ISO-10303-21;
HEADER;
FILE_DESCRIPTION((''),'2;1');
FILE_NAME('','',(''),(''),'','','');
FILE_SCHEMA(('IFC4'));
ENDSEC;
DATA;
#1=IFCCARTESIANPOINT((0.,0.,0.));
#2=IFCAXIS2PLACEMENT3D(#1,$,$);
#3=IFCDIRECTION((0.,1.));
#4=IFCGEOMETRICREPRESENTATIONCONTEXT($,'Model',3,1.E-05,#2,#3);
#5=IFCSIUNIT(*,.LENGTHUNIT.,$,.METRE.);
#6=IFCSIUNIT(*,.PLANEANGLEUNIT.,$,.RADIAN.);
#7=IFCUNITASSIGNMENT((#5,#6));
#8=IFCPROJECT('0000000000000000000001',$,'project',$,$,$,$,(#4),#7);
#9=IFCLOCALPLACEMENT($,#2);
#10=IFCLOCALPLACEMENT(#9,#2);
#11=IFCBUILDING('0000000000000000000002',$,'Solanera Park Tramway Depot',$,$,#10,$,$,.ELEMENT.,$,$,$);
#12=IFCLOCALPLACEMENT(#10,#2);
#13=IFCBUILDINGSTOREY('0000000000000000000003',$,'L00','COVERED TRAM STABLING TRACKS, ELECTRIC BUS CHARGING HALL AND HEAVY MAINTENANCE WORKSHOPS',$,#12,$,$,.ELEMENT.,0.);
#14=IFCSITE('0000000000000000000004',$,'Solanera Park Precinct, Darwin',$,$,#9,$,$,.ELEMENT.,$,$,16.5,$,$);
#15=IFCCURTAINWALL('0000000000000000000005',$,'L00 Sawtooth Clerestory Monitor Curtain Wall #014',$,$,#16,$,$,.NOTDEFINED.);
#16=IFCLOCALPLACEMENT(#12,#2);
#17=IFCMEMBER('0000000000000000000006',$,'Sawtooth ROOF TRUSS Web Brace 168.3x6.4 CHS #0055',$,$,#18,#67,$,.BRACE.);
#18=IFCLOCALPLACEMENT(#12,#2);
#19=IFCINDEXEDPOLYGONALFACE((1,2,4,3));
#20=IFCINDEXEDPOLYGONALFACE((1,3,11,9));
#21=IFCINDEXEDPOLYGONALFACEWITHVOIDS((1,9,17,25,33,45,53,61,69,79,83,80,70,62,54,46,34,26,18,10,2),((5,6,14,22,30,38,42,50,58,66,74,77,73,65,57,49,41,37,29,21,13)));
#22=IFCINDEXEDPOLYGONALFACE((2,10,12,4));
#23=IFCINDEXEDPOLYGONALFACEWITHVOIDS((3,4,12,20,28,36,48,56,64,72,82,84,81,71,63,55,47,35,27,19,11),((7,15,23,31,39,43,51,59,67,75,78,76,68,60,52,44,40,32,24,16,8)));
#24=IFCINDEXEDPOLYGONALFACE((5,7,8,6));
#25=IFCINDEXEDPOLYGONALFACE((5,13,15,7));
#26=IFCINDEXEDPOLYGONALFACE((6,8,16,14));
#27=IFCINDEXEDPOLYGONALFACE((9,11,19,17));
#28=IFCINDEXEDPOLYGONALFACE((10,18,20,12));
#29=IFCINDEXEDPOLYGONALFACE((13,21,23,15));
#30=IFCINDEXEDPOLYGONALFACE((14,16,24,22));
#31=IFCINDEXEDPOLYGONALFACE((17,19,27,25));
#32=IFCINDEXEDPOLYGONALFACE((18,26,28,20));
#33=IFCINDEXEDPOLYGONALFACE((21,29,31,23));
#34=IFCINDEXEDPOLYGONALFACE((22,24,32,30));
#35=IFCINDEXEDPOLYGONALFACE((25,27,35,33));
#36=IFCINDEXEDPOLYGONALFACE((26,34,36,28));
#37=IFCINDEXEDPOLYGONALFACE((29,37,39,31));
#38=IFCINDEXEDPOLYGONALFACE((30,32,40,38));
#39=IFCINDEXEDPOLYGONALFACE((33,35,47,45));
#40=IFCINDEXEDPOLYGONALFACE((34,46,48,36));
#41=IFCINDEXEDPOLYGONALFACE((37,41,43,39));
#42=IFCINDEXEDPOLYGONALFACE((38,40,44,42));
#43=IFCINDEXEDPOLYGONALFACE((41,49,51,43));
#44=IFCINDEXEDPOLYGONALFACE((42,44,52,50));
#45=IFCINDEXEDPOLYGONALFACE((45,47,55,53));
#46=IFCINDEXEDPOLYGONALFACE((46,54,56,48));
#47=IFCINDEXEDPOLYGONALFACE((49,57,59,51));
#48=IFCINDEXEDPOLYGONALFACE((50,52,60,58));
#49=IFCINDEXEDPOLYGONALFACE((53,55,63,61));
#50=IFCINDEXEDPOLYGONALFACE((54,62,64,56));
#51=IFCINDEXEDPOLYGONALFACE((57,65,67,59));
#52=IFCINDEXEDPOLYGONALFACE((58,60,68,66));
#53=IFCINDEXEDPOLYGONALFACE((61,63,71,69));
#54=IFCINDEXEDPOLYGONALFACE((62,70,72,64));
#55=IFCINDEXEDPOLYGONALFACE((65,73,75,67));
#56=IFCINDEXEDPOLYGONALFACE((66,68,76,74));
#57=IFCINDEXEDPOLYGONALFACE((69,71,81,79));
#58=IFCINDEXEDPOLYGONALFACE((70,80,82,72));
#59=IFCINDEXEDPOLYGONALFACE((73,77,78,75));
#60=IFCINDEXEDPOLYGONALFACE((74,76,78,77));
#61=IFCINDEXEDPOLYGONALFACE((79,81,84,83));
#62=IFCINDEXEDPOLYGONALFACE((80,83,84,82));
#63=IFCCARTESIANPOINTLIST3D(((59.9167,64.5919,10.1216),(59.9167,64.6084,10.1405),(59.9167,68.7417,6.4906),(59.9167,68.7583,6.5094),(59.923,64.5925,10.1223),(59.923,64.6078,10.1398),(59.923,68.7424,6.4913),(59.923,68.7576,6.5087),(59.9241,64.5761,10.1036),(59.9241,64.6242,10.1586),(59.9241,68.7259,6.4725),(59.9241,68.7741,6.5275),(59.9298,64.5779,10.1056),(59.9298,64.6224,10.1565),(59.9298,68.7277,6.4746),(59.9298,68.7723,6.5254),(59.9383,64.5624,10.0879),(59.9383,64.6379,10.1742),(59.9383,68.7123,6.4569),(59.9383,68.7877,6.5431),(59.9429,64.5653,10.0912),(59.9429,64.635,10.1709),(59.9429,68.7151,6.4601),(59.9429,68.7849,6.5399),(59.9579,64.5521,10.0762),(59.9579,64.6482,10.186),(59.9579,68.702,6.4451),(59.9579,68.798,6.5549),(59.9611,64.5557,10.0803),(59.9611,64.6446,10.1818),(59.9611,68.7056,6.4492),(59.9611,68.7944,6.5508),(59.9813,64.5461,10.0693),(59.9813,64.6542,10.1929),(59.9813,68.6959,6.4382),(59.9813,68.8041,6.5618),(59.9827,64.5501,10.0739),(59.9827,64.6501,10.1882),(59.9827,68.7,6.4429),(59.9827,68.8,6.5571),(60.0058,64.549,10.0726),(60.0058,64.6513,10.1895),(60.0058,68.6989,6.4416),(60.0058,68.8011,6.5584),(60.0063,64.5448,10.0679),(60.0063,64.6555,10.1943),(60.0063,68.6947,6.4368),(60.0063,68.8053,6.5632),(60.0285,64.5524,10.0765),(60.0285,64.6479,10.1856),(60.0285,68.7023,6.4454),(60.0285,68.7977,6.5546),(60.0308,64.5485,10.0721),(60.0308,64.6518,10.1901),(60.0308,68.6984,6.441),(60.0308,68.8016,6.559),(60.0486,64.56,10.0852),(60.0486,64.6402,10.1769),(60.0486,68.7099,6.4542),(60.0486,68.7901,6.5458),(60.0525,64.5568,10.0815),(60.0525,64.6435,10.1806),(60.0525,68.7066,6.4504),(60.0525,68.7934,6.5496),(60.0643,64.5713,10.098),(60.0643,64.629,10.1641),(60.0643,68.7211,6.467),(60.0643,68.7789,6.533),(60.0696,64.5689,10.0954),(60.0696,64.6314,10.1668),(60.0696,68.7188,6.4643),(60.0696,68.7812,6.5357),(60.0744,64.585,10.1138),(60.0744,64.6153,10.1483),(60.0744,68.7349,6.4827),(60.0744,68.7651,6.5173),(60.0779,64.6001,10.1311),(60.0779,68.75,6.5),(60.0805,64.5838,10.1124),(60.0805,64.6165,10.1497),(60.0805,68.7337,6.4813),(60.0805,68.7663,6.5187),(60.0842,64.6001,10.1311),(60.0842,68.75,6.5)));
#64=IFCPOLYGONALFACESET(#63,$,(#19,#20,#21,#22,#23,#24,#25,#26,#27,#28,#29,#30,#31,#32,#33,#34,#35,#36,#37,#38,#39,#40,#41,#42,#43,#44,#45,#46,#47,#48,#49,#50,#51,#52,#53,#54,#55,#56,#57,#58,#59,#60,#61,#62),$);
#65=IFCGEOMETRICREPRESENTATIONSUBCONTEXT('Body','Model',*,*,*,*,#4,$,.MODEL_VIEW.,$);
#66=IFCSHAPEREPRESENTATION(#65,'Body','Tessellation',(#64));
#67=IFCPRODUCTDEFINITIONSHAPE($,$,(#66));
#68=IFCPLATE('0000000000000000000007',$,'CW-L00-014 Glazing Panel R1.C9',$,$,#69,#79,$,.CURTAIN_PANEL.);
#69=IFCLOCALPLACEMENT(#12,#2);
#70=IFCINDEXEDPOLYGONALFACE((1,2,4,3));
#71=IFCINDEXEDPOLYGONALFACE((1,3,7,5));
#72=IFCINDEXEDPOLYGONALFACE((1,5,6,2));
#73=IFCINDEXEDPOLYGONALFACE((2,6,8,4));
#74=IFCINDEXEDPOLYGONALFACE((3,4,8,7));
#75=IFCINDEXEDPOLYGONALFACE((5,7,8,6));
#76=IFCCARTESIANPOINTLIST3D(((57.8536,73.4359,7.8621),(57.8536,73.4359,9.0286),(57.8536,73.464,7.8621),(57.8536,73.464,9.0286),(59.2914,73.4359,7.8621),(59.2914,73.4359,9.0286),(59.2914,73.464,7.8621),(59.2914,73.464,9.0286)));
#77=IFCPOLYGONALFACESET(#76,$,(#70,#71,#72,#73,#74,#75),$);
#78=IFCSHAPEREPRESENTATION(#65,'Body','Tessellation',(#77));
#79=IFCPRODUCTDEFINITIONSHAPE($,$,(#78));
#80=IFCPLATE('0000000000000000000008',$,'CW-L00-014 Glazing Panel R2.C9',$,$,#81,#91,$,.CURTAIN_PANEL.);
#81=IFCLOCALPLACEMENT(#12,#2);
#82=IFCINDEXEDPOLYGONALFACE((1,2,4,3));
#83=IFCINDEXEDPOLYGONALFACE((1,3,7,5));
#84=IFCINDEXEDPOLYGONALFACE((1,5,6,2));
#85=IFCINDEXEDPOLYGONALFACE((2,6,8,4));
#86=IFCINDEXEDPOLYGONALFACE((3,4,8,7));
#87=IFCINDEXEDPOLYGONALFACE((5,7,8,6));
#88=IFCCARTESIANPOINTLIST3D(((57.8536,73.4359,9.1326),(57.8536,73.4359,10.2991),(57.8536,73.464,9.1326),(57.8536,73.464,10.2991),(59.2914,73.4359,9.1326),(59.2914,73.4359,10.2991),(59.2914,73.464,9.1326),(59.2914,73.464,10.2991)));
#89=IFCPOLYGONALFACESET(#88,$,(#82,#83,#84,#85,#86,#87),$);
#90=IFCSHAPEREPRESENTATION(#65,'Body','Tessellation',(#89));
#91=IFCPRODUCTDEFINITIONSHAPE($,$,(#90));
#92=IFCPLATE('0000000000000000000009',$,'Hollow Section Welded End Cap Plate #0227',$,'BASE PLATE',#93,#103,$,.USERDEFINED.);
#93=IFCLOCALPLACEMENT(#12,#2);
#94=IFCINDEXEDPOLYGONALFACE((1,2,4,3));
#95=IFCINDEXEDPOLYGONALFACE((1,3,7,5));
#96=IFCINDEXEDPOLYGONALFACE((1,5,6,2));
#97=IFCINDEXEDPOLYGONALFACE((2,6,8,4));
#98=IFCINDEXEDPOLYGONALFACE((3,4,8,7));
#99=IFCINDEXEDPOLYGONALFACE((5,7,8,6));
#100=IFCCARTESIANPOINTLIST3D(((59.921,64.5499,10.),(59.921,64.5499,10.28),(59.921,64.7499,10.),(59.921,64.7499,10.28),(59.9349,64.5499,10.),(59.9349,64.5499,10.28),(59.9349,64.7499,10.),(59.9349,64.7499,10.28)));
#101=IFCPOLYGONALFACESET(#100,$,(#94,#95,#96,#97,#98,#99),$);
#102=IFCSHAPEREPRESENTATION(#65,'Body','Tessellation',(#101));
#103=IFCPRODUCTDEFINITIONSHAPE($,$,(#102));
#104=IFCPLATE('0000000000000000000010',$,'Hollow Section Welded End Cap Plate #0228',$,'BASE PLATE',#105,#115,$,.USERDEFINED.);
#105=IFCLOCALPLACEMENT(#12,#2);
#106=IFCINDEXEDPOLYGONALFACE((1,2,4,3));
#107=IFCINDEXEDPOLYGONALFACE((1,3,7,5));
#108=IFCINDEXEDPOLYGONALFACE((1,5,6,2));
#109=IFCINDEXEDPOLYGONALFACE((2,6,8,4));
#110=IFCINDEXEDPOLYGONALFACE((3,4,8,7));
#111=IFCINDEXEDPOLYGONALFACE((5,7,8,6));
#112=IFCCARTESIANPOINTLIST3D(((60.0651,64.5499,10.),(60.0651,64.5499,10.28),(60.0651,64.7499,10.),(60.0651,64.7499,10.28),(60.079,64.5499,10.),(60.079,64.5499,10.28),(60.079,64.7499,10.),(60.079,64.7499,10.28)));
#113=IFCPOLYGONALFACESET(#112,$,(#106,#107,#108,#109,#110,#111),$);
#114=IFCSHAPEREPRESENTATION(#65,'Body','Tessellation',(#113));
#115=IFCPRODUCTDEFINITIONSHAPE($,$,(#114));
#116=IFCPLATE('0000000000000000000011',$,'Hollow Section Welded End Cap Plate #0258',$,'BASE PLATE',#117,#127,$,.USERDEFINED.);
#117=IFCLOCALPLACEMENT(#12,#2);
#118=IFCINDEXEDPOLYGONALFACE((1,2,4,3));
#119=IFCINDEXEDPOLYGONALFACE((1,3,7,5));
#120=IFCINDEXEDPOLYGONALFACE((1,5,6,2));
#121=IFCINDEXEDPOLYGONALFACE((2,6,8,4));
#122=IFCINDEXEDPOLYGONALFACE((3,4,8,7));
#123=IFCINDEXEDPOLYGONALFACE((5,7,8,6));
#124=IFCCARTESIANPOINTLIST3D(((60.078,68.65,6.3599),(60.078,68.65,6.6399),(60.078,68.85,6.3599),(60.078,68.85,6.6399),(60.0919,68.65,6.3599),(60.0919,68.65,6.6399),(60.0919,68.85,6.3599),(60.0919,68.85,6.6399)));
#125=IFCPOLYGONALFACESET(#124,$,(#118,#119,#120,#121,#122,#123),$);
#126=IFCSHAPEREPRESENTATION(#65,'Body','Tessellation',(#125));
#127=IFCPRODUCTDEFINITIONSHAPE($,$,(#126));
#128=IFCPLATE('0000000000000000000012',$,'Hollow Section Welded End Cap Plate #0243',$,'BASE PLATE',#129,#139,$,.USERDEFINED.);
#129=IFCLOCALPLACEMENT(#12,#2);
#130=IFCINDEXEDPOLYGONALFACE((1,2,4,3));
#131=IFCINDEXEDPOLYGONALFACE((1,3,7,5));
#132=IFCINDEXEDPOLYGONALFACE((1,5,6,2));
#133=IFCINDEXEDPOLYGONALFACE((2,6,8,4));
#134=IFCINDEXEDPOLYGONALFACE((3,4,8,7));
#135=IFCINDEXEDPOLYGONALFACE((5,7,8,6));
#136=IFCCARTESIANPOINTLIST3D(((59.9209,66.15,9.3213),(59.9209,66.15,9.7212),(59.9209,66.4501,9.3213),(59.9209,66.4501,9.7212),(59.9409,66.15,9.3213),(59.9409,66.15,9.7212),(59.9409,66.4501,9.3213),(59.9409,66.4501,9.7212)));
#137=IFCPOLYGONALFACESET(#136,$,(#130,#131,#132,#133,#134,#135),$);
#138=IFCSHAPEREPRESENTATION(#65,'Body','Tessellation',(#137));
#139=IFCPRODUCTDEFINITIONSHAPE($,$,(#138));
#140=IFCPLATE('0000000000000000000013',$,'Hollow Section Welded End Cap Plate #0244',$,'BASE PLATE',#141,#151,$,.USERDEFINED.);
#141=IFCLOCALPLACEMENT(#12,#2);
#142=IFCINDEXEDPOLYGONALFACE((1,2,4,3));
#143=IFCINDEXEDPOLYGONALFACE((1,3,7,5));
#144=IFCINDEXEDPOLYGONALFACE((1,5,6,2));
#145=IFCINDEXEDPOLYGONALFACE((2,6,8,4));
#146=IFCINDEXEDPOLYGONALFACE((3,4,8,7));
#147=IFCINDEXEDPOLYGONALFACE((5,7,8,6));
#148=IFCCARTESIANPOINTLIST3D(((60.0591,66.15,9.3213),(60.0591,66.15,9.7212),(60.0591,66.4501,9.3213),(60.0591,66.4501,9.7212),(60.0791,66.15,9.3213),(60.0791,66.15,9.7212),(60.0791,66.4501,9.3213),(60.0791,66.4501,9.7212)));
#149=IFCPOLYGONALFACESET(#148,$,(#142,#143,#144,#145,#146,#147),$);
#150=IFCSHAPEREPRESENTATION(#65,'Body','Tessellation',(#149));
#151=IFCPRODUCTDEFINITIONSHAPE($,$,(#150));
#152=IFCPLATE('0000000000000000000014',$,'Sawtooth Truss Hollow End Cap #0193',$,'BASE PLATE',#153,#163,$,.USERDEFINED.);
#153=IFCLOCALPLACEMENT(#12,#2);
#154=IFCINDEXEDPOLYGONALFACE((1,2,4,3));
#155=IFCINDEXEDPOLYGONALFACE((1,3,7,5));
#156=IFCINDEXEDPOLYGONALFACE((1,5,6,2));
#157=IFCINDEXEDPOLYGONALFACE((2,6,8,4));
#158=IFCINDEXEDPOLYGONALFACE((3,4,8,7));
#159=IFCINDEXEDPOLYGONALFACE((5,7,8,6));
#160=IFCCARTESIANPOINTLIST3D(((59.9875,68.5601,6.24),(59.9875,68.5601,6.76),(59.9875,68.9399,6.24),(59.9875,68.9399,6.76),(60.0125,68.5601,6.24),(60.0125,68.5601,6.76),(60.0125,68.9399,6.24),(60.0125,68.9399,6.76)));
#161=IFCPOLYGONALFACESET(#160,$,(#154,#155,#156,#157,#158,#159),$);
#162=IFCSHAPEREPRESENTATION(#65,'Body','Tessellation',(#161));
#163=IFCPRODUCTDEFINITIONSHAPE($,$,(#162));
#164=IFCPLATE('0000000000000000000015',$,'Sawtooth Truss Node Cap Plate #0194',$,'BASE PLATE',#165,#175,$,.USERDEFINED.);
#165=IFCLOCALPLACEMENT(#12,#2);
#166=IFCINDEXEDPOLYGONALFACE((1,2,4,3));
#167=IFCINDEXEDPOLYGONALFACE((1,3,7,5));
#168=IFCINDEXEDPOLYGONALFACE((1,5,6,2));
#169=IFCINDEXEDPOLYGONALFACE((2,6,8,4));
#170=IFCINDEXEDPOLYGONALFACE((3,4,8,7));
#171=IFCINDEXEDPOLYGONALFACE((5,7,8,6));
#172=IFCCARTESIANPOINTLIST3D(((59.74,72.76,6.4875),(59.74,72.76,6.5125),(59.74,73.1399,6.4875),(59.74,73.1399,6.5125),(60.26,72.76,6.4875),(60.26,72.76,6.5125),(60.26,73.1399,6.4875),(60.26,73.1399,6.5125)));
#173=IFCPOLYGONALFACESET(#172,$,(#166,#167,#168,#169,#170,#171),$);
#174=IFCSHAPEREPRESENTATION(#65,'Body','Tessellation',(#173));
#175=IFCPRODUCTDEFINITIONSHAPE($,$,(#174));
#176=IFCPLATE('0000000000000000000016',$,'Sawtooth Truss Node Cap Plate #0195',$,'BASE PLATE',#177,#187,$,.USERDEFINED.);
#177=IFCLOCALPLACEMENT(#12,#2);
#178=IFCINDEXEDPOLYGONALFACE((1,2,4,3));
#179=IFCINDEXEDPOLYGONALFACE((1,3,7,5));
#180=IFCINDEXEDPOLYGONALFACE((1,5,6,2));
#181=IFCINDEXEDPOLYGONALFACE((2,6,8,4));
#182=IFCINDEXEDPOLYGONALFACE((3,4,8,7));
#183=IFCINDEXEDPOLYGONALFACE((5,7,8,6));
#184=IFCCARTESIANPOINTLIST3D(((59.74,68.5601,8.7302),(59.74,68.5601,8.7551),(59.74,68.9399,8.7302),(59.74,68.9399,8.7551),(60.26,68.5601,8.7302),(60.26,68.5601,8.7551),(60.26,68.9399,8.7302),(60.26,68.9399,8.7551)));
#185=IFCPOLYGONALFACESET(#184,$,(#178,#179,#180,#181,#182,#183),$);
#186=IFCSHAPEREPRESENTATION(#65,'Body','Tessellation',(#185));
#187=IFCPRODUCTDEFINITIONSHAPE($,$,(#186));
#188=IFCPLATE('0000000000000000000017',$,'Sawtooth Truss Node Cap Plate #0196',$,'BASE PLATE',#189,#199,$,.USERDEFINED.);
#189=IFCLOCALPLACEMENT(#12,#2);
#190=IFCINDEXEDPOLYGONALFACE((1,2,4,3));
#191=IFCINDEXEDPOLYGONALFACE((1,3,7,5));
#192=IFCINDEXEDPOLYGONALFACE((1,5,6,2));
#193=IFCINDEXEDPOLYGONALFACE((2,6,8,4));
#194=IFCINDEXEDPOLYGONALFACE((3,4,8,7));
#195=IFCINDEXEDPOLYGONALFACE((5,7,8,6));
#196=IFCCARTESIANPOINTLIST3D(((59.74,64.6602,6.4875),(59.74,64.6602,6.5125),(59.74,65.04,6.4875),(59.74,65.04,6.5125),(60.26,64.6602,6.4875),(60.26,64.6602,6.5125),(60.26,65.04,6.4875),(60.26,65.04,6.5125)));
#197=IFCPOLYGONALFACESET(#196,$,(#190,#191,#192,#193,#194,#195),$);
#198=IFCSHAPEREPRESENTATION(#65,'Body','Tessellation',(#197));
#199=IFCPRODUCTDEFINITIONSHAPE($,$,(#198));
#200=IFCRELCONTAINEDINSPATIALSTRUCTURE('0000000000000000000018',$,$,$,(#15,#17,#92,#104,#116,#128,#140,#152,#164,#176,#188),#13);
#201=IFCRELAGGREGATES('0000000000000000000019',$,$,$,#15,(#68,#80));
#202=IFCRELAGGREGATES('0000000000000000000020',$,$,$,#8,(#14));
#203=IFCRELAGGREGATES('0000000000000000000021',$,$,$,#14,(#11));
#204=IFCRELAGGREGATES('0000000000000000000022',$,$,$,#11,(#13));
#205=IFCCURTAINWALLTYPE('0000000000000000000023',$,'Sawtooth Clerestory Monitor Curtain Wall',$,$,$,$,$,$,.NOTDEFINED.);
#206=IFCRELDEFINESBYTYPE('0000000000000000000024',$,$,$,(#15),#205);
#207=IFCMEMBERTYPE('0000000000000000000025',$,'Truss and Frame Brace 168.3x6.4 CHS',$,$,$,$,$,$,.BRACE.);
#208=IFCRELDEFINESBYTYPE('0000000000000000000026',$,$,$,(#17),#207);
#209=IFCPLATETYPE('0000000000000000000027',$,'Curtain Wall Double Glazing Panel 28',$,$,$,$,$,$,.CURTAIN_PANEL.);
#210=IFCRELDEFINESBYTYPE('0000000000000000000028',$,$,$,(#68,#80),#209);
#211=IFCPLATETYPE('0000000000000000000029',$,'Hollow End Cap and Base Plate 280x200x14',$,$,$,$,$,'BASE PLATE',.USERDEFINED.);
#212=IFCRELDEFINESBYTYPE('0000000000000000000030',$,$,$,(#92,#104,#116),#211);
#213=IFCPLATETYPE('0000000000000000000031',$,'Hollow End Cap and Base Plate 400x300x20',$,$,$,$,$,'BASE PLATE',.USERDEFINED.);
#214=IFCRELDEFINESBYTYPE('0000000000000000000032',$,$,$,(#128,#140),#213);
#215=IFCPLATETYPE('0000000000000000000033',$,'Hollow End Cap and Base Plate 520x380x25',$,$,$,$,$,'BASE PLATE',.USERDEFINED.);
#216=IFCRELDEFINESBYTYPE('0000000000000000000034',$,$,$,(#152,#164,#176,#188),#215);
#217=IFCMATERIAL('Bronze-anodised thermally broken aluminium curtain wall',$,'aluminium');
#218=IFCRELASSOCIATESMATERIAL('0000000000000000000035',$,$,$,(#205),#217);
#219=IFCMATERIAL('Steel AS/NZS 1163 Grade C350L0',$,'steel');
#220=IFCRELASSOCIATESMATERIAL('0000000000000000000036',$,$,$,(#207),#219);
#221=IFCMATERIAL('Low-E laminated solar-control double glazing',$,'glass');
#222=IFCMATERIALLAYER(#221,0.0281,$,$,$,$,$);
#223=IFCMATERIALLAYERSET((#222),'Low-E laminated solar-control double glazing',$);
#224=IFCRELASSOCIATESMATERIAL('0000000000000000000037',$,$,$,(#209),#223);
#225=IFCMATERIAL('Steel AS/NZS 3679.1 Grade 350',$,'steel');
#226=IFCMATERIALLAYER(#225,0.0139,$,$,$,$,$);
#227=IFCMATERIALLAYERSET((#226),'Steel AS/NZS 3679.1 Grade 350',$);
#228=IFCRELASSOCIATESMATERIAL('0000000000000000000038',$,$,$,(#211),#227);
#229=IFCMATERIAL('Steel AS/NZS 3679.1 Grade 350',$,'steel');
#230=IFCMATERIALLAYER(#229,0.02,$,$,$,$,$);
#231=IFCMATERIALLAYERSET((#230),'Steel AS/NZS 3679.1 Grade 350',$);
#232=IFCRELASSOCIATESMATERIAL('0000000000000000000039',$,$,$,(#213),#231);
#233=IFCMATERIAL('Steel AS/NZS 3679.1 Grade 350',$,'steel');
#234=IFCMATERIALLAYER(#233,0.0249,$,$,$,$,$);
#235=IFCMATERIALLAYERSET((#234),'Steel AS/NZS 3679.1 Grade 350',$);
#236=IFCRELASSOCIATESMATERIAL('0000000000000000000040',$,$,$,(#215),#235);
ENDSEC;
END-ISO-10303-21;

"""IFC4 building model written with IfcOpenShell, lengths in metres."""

from ifc_helpers import new_model, si_unit, direction, frame, origin, origin_2d, place, context, subcontext, project, spatial, rectangle, hollow_circle, extrude, material, layer, layer_set, material_profile, profile_set, type_object, element, aggregate, save


model = new_model("IFC4")

# Units and contexts
model_context = context("Model", 3, precision=1e-05, world=origin(), true_north=direction((0.0, 1.0)))
body_context = subcontext(model_context, "Body", "Model", "MODEL_VIEW")
ifc_project = project(units=[si_unit("LENGTHUNIT", "METRE"), si_unit("PLANEANGLEUNIT", "RADIAN")], contexts=[model_context])

# Site, building, storey
site_placement = place(None, origin())
site = spatial("IfcSite", under=ifc_project, at=site_placement, Name="Solanera Park Precinct, Darwin", CompositionType="ELEMENT", RefElevation=16.5)
building_placement = place(site_placement, origin())
building = spatial("IfcBuilding", under=site, at=building_placement, Name="Solanera Park Tramway Depot", CompositionType="ELEMENT")
storey_placement = place(building_placement, origin())
storey = spatial("IfcBuildingStorey", under=building, at=storey_placement, Name="L00", Description="COVERED TRAM STABLING TRACKS, ELECTRIC BUS CHARGING HALL AND HEAVY MAINTENANCE WORKSHOPS", CompositionType="ELEMENT", Elevation=0.0)

# Curtain wall
ifc_material_1 = material(Name="Bronze-anodised thermally broken aluminium curtain wall", Category="aluminium")
curtain_wall_type = type_object("IfcCurtainWallType", Name="Sawtooth Clerestory Monitor Curtain Wall", PredefinedType="NOTDEFINED", material=ifc_material_1)
curtain_wall_1_placement = place(storey_placement, origin())
curtain_wall_1 = element("IfcCurtainWall", 1, at=curtain_wall_1_placement, inside=storey, type_object=curtain_wall_type, Name="L00 Sawtooth Clerestory Monitor Curtain Wall #014", PredefinedType="NOTDEFINED")

# Member
ifc_material_2 = material(Name="Steel AS/NZS 1163 Grade C350L0", Category="steel")
ifc_material_profile_1 = material_profile(ifc_material_2, hollow_circle(Radius=0.0842, WallThickness=0.0063, at=origin_2d()), Name="168.3x6.4 CHS")
ifc_profile_set_1 = profile_set([ifc_material_profile_1], Name="Steel AS/NZS 1163 Grade C350L0")
member_type_1 = type_object("IfcMemberType", Name="Truss and Frame Brace 168.3x6.4 CHS", PredefinedType="BRACE", material=ifc_profile_set_1)
member_1_placement = place(storey_placement, frame((60.0, 68.75, 6.5), z_axis=(0.0, -0.752582, 0.658498), x_axis=(1.0, 0.0, 0.0)))
element("IfcMember", 2, at=member_1_placement, inside=storey, type_object=member_type_1, Name="Sawtooth ROOF TRUSS Web Brace 168.3x6.4 CHS #0055", PredefinedType="BRACE", context=body_context, shape_type="SweptSolid", body=[
    extrude(hollow_circle(Radius=0.0842, WallThickness=0.0063, at=origin_2d()), origin(), (0.0, 0.0, 1.0), 5.5142),
])

# Plates
ifc_material_3 = material(Name="Low-E laminated solar-control double glazing", Category="glass")
ifc_layer_1 = layer(ifc_material_3, 0.0281)
ifc_layer_set_1 = layer_set([ifc_layer_1], Name="Low-E laminated solar-control double glazing")
plate_type_1 = type_object("IfcPlateType", Name="Curtain Wall Double Glazing Panel 28", PredefinedType="CURTAIN_PANEL", material=ifc_layer_set_1)
plate_1_placement = place(storey_placement, frame((58.5725, 73.45, 7.8621), z_axis=(0.0, 0.0, 1.0), x_axis=(1.0, 0.0, 0.0)))
plate_1 = element("IfcPlate", 3, at=plate_1_placement, type_object=plate_type_1, Name="CW-L00-014 Glazing Panel R1.C9", PredefinedType="CURTAIN_PANEL", context=body_context, shape_type="SweptSolid", body=[
    extrude(rectangle(XDim=1.4377, YDim=0.0281, at=origin_2d()), origin(), (0.0, 0.0, 1.0), 1.1665),
])
plate_2_placement = place(storey_placement, frame((58.5725, 73.45, 9.1326), z_axis=(0.0, 0.0, 1.0), x_axis=(1.0, 0.0, 0.0)))
plate_2 = element("IfcPlate", 4, at=plate_2_placement, type_object=plate_type_1, Name="CW-L00-014 Glazing Panel R2.C9", PredefinedType="CURTAIN_PANEL", context=body_context, shape_type="SweptSolid", body=[
    extrude(rectangle(XDim=1.4377, YDim=0.0281, at=origin_2d()), origin(), (0.0, 0.0, 1.0), 1.1665),
])
aggregate(curtain_wall_1, [plate_1, plate_2])

# Plates
ifc_material_4 = material(Name="Steel AS/NZS 3679.1 Grade 350", Category="steel")
ifc_layer_2 = layer(ifc_material_4, 0.0139)
ifc_layer_set_2 = layer_set([ifc_layer_2], Name="Steel AS/NZS 3679.1 Grade 350")
plate_type_2 = type_object("IfcPlateType", Name="Hollow End Cap and Base Plate 280x200x14", ElementType="BASE PLATE", PredefinedType="USERDEFINED", material=ifc_layer_set_2)
for number, where, z_axis, x_axis, name in (
    (5, (59.928, 64.6499, 10.0), (0.0, 0.0, 1.0), (1.0, 0.0, 0.0), "Hollow Section Welded End Cap Plate #0227"),
    (6, (60.072, 64.6499, 10.0), (0.0, 0.0, 1.0), (1.0, 0.0, 0.0), "Hollow Section Welded End Cap Plate #0228"),
    (7, (60.085, 68.75, 6.3599), (0.0, 0.0, 1.0), (1.0, 0.0, 0.0), "Hollow Section Welded End Cap Plate #0258"),
):
    element("IfcPlate", number, at=place(storey_placement, frame(where, z_axis=z_axis, x_axis=x_axis)), inside=storey, type_object=plate_type_2, Name=name, ObjectType="BASE PLATE", PredefinedType="USERDEFINED", context=body_context, shape_type="SweptSolid", body=[
        extrude(rectangle(XDim=0.0139, YDim=0.2, at=origin_2d()), origin(), (0.0, 0.0, 1.0), 0.28),
    ])
ifc_material_5 = material(Name="Steel AS/NZS 3679.1 Grade 350", Category="steel")
ifc_layer_3 = layer(ifc_material_5, 0.02)
ifc_layer_set_3 = layer_set([ifc_layer_3], Name="Steel AS/NZS 3679.1 Grade 350")
plate_type_3 = type_object("IfcPlateType", Name="Hollow End Cap and Base Plate 400x300x20", ElementType="BASE PLATE", PredefinedType="USERDEFINED", material=ifc_layer_set_3)
for number, where, z_axis, x_axis, name in (
    (8, (59.9309, 66.3, 9.3213), (0.0, 0.0, 1.0), (1.0, 0.0, 0.0), "Hollow Section Welded End Cap Plate #0243"),
    (9, (60.0691, 66.3, 9.3213), (0.0, 0.0, 1.0), (1.0, 0.0, 0.0), "Hollow Section Welded End Cap Plate #0244"),
):
    element("IfcPlate", number, at=place(storey_placement, frame(where, z_axis=z_axis, x_axis=x_axis)), inside=storey, type_object=plate_type_3, Name=name, ObjectType="BASE PLATE", PredefinedType="USERDEFINED", context=body_context, shape_type="SweptSolid", body=[
        extrude(rectangle(XDim=0.02, YDim=0.3, at=origin_2d()), origin(), (0.0, 0.0, 1.0), 0.3999),
    ])
ifc_material_6 = material(Name="Steel AS/NZS 3679.1 Grade 350", Category="steel")
ifc_layer_4 = layer(ifc_material_6, 0.0249)
ifc_layer_set_4 = layer_set([ifc_layer_4], Name="Steel AS/NZS 3679.1 Grade 350")
plate_type_4 = type_object("IfcPlateType", Name="Hollow End Cap and Base Plate 520x380x25", ElementType="BASE PLATE", PredefinedType="USERDEFINED", material=ifc_layer_set_4)
plate_3_placement = place(storey_placement, frame((60.0, 68.75, 6.24), z_axis=(0.0, 0.0, 1.0), x_axis=(1.0, 0.0, 0.0)))
element("IfcPlate", 10, at=plate_3_placement, inside=storey, type_object=plate_type_4, Name="Sawtooth Truss Hollow End Cap #0193", ObjectType="BASE PLATE", PredefinedType="USERDEFINED", context=body_context, shape_type="SweptSolid", body=[
    extrude(rectangle(XDim=0.0249, YDim=0.3799, at=origin_2d()), origin(), (0.0, 0.0, 1.0), 0.52),
])
for number, where, z_axis, x_axis, name in (
    (11, (60.0, 72.95, 6.4875), (0.0, 0.0, 1.0), (1.0, 0.0, 0.0), "Sawtooth Truss Node Cap Plate #0194"),
    (12, (60.0, 68.75, 8.7302), (0.0, 0.0, 1.0), (1.0, 0.0, 0.0), "Sawtooth Truss Node Cap Plate #0195"),
    (13, (60.0, 64.8501, 6.4875), (0.0, 0.0, 1.0), (1.0, 0.0, 0.0), "Sawtooth Truss Node Cap Plate #0196"),
):
    element("IfcPlate", number, at=place(storey_placement, frame(where, z_axis=z_axis, x_axis=x_axis)), inside=storey, type_object=plate_type_4, Name=name, ObjectType="BASE PLATE", PredefinedType="USERDEFINED", context=body_context, shape_type="SweptSolid", body=[
        extrude(rectangle(XDim=0.52, YDim=0.3799, at=origin_2d()), origin(), (0.0, 0.0, 1.0), 0.0249),
    ])

save(model, "model.ifc")
